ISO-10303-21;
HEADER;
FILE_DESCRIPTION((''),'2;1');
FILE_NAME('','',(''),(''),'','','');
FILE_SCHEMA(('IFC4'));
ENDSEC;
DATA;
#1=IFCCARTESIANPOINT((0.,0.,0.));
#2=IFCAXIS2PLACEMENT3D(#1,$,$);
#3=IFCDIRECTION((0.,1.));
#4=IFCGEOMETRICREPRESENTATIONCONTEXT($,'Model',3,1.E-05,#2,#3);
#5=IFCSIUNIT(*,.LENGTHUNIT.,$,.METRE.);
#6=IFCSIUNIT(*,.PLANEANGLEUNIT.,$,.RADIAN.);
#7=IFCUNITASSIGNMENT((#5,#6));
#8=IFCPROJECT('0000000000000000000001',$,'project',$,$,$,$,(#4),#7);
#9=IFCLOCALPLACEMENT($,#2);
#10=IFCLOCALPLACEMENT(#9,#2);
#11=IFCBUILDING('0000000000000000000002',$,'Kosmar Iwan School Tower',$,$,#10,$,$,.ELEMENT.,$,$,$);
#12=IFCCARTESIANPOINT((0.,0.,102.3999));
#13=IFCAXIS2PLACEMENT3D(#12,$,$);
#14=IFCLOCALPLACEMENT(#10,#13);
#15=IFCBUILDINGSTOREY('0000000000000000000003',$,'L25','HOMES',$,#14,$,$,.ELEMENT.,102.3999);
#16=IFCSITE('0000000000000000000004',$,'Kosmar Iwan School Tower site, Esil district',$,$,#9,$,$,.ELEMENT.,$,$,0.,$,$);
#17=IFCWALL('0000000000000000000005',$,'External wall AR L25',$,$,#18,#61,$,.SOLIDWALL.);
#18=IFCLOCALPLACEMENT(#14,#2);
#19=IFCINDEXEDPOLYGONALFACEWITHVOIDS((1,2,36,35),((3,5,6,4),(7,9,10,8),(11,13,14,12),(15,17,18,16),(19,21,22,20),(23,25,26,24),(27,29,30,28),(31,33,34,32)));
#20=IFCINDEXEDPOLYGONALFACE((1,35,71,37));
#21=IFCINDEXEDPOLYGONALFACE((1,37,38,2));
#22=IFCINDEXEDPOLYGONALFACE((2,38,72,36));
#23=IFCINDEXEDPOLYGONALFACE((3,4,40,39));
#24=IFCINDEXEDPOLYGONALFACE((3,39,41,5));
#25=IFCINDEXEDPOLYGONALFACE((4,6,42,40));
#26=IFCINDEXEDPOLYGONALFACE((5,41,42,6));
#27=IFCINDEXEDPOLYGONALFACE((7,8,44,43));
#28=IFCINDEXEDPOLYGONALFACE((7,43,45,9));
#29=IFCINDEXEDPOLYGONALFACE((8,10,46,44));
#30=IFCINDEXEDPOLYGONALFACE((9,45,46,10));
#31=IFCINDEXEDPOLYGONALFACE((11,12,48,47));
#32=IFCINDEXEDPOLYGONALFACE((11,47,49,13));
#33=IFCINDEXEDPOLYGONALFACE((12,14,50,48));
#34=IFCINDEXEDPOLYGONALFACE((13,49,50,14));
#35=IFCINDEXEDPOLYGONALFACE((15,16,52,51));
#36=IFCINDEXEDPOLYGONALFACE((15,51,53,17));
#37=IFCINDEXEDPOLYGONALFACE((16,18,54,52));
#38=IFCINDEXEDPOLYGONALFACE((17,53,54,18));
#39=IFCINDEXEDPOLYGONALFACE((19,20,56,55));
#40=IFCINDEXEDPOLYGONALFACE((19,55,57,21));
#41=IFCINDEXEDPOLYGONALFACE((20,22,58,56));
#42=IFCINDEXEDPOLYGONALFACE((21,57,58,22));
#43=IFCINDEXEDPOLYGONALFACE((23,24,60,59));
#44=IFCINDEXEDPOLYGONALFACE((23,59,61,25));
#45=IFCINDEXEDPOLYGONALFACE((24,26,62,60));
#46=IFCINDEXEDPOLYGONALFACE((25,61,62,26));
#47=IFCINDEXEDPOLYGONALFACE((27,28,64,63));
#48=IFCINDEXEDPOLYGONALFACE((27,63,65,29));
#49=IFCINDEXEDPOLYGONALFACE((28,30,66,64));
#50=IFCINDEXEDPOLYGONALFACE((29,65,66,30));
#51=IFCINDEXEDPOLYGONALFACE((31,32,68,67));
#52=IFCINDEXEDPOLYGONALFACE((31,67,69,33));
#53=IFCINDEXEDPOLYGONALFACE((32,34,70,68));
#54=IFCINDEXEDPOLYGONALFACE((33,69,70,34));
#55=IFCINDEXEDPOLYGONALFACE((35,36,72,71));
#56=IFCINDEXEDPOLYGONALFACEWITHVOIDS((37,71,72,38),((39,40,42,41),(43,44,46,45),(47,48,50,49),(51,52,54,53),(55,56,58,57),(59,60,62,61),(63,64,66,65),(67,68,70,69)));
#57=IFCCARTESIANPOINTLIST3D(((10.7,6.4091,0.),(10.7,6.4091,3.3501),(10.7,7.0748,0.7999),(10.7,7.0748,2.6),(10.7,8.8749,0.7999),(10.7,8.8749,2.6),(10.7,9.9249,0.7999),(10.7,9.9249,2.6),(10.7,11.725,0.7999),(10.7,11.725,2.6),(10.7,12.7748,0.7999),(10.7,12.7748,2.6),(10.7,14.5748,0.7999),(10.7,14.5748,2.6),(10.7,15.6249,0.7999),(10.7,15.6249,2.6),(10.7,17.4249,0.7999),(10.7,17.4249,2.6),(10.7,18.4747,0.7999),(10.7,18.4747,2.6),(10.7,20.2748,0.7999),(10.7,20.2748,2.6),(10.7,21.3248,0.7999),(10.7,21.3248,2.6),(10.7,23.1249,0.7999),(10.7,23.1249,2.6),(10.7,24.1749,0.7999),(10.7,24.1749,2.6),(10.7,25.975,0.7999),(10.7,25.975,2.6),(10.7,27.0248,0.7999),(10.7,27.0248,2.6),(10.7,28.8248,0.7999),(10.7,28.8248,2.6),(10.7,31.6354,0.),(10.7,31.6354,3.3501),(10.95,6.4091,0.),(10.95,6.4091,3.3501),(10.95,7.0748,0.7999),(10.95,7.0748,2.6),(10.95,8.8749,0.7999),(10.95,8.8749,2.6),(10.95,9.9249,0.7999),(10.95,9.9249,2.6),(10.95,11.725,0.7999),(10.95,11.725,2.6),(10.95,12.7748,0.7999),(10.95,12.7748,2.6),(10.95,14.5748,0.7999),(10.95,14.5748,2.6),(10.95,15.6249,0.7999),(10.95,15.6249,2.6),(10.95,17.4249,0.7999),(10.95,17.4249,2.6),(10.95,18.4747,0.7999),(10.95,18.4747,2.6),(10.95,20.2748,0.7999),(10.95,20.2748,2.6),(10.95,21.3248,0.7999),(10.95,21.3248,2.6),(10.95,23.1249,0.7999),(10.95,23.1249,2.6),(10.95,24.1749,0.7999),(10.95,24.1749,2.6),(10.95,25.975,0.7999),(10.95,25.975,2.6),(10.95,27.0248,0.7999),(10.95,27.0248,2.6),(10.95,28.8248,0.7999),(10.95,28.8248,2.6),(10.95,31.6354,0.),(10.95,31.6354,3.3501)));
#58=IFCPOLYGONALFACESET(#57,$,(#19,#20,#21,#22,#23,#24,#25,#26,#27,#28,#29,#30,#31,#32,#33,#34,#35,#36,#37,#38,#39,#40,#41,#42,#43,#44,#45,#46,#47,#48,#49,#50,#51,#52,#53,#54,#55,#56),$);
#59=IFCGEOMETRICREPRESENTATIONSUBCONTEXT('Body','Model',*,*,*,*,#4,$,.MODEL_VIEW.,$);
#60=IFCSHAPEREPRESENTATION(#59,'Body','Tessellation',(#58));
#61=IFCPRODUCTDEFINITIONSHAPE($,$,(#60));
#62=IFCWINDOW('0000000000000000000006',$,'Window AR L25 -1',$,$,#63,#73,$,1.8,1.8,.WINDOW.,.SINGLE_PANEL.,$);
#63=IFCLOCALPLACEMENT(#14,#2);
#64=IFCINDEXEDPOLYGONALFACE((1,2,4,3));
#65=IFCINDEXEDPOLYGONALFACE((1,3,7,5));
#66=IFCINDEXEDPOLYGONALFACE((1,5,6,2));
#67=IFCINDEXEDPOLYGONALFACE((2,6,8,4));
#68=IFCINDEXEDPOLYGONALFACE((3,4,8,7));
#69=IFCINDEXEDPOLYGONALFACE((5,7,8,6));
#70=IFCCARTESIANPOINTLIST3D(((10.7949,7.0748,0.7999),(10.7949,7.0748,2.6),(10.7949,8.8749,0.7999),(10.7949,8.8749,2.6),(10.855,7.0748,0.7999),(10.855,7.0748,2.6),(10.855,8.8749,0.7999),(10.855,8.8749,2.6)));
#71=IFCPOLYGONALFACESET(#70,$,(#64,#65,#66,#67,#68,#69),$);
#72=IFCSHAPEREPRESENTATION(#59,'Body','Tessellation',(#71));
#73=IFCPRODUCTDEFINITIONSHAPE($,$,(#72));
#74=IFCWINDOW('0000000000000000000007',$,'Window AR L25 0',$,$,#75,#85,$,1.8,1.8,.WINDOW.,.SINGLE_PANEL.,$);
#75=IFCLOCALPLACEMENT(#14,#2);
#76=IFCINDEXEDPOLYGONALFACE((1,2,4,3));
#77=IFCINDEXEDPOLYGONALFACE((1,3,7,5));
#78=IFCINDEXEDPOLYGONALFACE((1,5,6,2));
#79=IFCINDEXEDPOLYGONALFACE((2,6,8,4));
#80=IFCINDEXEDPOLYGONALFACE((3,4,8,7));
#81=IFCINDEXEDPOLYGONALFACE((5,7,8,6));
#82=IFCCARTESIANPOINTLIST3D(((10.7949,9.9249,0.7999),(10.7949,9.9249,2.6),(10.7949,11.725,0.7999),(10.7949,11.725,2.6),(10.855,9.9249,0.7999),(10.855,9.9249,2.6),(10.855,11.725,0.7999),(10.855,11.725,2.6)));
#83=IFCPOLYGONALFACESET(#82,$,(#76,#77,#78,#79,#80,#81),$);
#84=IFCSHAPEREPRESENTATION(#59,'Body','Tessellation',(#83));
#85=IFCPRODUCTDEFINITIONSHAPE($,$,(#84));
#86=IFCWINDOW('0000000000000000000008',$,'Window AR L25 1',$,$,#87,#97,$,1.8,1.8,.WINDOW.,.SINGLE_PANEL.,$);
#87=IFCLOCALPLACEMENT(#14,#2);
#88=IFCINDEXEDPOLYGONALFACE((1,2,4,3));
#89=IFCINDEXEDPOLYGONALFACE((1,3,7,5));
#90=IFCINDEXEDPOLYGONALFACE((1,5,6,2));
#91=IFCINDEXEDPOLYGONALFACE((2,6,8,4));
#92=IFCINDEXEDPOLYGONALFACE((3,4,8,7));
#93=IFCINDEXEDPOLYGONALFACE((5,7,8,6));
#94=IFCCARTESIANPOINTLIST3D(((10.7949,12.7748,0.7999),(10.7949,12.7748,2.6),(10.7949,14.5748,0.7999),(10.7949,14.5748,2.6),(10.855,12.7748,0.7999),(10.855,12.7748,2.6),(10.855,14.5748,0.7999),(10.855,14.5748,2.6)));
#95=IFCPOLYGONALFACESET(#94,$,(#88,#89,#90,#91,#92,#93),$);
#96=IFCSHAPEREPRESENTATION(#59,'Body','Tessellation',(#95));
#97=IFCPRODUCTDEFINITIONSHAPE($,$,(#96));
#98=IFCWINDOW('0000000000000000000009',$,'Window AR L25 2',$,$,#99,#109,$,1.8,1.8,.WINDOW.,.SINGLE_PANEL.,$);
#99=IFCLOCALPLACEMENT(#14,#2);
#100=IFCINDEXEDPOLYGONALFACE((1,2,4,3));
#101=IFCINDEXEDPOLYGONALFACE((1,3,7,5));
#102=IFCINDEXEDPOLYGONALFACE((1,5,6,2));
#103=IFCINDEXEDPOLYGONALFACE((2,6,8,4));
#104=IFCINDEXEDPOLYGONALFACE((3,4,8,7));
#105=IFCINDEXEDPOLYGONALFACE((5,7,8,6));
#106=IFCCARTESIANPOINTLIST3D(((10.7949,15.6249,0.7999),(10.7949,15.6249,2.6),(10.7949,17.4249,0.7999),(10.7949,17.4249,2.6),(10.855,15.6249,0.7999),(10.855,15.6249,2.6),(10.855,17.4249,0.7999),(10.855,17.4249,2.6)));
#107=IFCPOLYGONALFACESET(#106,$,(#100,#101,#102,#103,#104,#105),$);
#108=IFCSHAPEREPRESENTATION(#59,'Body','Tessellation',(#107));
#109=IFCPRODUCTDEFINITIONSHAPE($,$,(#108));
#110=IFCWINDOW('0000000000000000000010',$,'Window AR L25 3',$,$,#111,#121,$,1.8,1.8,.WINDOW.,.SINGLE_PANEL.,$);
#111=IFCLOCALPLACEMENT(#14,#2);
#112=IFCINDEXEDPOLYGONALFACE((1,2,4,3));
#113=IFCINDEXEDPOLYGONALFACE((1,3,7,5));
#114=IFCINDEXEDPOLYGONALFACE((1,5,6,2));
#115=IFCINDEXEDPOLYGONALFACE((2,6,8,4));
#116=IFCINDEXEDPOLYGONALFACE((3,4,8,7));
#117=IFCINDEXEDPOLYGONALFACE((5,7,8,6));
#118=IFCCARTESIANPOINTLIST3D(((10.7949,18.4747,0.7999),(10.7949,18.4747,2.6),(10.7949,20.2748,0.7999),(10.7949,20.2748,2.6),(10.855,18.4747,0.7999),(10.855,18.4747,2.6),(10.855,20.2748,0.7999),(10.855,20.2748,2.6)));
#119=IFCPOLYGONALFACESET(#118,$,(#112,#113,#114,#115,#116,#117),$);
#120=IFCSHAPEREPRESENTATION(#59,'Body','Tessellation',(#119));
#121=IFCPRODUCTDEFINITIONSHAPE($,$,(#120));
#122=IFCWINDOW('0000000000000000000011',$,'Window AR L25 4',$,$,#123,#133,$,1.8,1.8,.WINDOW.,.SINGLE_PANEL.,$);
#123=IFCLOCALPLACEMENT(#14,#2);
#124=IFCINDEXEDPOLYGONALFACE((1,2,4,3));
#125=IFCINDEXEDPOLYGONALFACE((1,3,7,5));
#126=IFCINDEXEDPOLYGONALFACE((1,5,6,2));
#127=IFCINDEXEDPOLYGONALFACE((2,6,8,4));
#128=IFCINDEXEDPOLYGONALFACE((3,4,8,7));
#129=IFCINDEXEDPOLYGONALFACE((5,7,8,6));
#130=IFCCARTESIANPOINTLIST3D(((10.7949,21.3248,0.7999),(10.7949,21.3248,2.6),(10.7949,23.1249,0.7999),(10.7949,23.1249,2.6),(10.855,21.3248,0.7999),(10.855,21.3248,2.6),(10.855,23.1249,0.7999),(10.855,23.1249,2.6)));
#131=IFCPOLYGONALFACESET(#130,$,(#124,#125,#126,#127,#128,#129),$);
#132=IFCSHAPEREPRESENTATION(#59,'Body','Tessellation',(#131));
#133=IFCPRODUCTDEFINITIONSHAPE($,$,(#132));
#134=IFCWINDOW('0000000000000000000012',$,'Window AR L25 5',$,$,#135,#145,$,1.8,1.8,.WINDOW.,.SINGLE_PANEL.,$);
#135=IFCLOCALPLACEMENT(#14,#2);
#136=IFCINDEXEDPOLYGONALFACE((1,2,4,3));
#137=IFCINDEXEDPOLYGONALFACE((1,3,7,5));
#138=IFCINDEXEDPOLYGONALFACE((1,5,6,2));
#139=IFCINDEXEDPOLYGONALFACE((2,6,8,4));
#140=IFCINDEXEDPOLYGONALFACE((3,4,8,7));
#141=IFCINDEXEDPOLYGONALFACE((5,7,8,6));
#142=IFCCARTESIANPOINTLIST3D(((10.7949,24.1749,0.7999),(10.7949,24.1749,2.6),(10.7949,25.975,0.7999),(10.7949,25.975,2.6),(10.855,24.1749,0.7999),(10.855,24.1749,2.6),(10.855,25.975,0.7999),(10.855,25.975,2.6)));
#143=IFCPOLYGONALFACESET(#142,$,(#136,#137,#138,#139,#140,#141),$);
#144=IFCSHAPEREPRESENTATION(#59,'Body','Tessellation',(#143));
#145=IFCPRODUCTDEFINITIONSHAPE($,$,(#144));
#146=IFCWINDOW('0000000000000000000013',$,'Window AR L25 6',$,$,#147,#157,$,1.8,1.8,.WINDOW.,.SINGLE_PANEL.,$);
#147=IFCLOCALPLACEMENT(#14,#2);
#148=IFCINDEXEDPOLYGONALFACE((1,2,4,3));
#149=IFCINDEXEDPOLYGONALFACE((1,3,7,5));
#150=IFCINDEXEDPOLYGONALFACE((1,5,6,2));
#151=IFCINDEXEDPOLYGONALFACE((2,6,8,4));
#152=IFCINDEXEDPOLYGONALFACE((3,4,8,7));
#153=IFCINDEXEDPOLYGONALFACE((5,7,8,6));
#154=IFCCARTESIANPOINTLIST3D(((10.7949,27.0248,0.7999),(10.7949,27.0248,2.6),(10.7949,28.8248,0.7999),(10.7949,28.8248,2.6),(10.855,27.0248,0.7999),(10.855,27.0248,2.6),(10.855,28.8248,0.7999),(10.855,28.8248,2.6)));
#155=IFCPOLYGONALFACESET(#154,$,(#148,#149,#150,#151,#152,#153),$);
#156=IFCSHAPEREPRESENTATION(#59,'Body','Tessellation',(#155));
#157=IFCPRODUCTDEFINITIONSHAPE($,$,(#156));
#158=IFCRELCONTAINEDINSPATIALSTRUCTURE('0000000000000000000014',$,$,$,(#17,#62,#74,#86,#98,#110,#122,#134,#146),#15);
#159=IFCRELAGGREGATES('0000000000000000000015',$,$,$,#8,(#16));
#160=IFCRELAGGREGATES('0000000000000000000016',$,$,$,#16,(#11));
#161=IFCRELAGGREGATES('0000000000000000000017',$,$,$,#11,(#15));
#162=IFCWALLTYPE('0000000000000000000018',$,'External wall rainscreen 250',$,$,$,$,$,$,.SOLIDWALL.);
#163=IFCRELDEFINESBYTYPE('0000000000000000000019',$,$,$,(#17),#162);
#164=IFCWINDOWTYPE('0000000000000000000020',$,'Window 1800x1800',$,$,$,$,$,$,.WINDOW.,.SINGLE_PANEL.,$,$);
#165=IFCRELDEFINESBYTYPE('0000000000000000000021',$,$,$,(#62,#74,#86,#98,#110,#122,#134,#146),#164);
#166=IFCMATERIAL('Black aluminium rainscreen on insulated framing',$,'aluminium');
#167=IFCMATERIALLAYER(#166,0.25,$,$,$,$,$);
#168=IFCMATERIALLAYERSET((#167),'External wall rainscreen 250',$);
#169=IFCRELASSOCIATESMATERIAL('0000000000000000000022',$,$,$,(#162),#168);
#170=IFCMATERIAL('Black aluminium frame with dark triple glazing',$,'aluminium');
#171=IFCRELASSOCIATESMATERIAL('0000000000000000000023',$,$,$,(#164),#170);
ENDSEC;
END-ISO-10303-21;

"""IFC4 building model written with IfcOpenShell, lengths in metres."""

from ifc_helpers import new_model, si_unit, direction, frame, frame_2d, origin, place, context, subcontext, project, spatial, rectangle, extrude, material, layer, layer_set, type_object, element, fill, save


model = new_model("IFC4")

# Units and contexts
model_context = context("Model", 3, precision=1e-05, world=origin(), true_north=direction((0.0, 1.0)))
body_context = subcontext(model_context, "Body", "Model", "MODEL_VIEW")
ifc_project = project(units=[si_unit("LENGTHUNIT", "METRE"), si_unit("PLANEANGLEUNIT", "RADIAN")], contexts=[model_context])

# Site, building, storey
site_placement = place(None, origin())
site = spatial("IfcSite", under=ifc_project, at=site_placement, Name="Kosmar Iwan School Tower site, Esil district", CompositionType="ELEMENT", RefElevation=0.0)
building_placement = place(site_placement, origin())
building = spatial("IfcBuilding", under=site, at=building_placement, Name="Kosmar Iwan School Tower", CompositionType="ELEMENT")
storey_placement = place(building_placement, frame((0.0, 0.0, 102.3999)))
storey = spatial("IfcBuildingStorey", under=building, at=storey_placement, Name="L25", Description="HOMES", CompositionType="ELEMENT", Elevation=102.3999)

# Wall, openings, windows
ifc_material_1 = material(Name="Black aluminium rainscreen on insulated framing", Category="aluminium")
ifc_layer = layer(ifc_material_1, 0.25)
ifc_layer_set = layer_set([ifc_layer], Name="External wall rainscreen 250")
wall_type = type_object("IfcWallType", Name="External wall rainscreen 250", PredefinedType="SOLIDWALL", material=ifc_layer_set)
ifc_material_2 = material(Name="Black aluminium frame with dark triple glazing", Category="aluminium")
window_type = type_object("IfcWindowType", Name="Window 1800x1800", PartitioningType="SINGLE_PANEL", PredefinedType="WINDOW", material=ifc_material_2)
wall_1_placement = place(storey_placement, frame((10.825, 6.4089, 0.0), z_axis=(0.0, 0.0, 1.0), x_axis=(0.0, 1.0, 0.0)))
wall_1 = element("IfcWall", 1, at=wall_1_placement, inside=storey, type_object=wall_type, Name="External wall AR L25", PredefinedType="SOLIDWALL", context=body_context, shape_type="SweptSolid", body=[
    extrude(rectangle(XDim=25.2263, YDim=0.25, at=frame_2d((12.6133, 0.0))), origin(), (0.0, 0.0, 1.0), 3.3501),
])
opening_1_placement = place(wall_1_placement, frame((0.666, 0.0, 0.8)))
opening_1 = element("IfcOpeningElement", 2, at=opening_1_placement, cuts=wall_1, PredefinedType="OPENING", context=body_context, shape_type="SweptSolid", body=[
    extrude(rectangle(XDim=1.8, YDim=1.8, at=frame_2d((0.8999, 0.8999))), frame((0.0, 0.137, 0.0), z_axis=(0.0, -1.0, 0.0), x_axis=(1.0, 0.0, 0.0)), (0.0, 0.0, 1.0), 0.2739),
])
opening_2_placement = place(wall_1_placement, frame((3.5161, 0.0, 0.8)))
opening_2 = element("IfcOpeningElement", 3, at=opening_2_placement, cuts=wall_1, PredefinedType="OPENING", context=body_context, shape_type="SweptSolid", body=[
    extrude(rectangle(XDim=1.8, YDim=1.8, at=frame_2d((0.8999, 0.8999))), frame((0.0, 0.137, 0.0), z_axis=(0.0, -1.0, 0.0), x_axis=(1.0, 0.0, 0.0)), (0.0, 0.0, 1.0), 0.2739),
])
opening_3_placement = place(wall_1_placement, frame((6.366, 0.0, 0.8)))
opening_3 = element("IfcOpeningElement", 4, at=opening_3_placement, cuts=wall_1, PredefinedType="OPENING", context=body_context, shape_type="SweptSolid", body=[
    extrude(rectangle(XDim=1.8, YDim=1.8, at=frame_2d((0.8999, 0.8999))), frame((0.0, 0.137, 0.0), z_axis=(0.0, -1.0, 0.0), x_axis=(1.0, 0.0, 0.0)), (0.0, 0.0, 1.0), 0.2739),
])
opening_4_placement = place(wall_1_placement, frame((9.2161, 0.0, 0.8)))
opening_4 = element("IfcOpeningElement", 5, at=opening_4_placement, cuts=wall_1, PredefinedType="OPENING", context=body_context, shape_type="SweptSolid", body=[
    extrude(rectangle(XDim=1.8, YDim=1.8, at=frame_2d((0.8999, 0.8999))), frame((0.0, 0.137, 0.0), z_axis=(0.0, -1.0, 0.0), x_axis=(1.0, 0.0, 0.0)), (0.0, 0.0, 1.0), 0.2739),
])
opening_5_placement = place(wall_1_placement, frame((12.0659, 0.0, 0.8)))
opening_5 = element("IfcOpeningElement", 6, at=opening_5_placement, cuts=wall_1, PredefinedType="OPENING", context=body_context, shape_type="SweptSolid", body=[
    extrude(rectangle(XDim=1.8, YDim=1.8, at=frame_2d((0.8999, 0.8999))), frame((0.0, 0.137, 0.0), z_axis=(0.0, -1.0, 0.0), x_axis=(1.0, 0.0, 0.0)), (0.0, 0.0, 1.0), 0.2739),
])
opening_6_placement = place(wall_1_placement, frame((14.916, 0.0, 0.8)))
opening_6 = element("IfcOpeningElement", 7, at=opening_6_placement, cuts=wall_1, PredefinedType="OPENING", context=body_context, shape_type="SweptSolid", body=[
    extrude(rectangle(XDim=1.8, YDim=1.8, at=frame_2d((0.8999, 0.8999))), frame((0.0, 0.137, 0.0), z_axis=(0.0, -1.0, 0.0), x_axis=(1.0, 0.0, 0.0)), (0.0, 0.0, 1.0), 0.2739),
])
opening_7_placement = place(wall_1_placement, frame((17.7661, 0.0, 0.8)))
opening_7 = element("IfcOpeningElement", 8, at=opening_7_placement, cuts=wall_1, PredefinedType="OPENING", context=body_context, shape_type="SweptSolid", body=[
    extrude(rectangle(XDim=1.8, YDim=1.8, at=frame_2d((0.8999, 0.8999))), frame((0.0, 0.137, 0.0), z_axis=(0.0, -1.0, 0.0), x_axis=(1.0, 0.0, 0.0)), (0.0, 0.0, 1.0), 0.2739),
])
opening_8_placement = place(wall_1_placement, frame((20.616, 0.0, 0.8)))
opening_8 = element("IfcOpeningElement", 9, at=opening_8_placement, cuts=wall_1, PredefinedType="OPENING", context=body_context, shape_type="SweptSolid", body=[
    extrude(rectangle(XDim=1.8, YDim=1.8, at=frame_2d((0.8999, 0.8999))), frame((0.0, 0.137, 0.0), z_axis=(0.0, -1.0, 0.0), x_axis=(1.0, 0.0, 0.0)), (0.0, 0.0, 1.0), 0.2739),
])
window_1_placement = place(opening_1_placement, origin())
window_1 = element("IfcWindow", 10, at=window_1_placement, inside=storey, type_object=window_type, Name="Window AR L25 -1", OverallHeight=1.8, OverallWidth=1.8, PartitioningType="SINGLE_PANEL", PredefinedType="WINDOW", context=body_context, shape_type="SweptSolid", body=[
    extrude(rectangle(XDim=1.8, YDim=1.8, at=frame_2d((0.8999, 0.8999))), frame((0.0, 0.03, 0.0), z_axis=(0.0, -1.0, 0.0), x_axis=(1.0, 0.0, 0.0)), (0.0, 0.0, 1.0), 0.0601),
])
fill(opening_1, window_1)
window_2_placement = place(opening_2_placement, origin())
window_2 = element("IfcWindow", 11, at=window_2_placement, inside=storey, type_object=window_type, Name="Window AR L25 0", OverallHeight=1.8, OverallWidth=1.8, PartitioningType="SINGLE_PANEL", PredefinedType="WINDOW", context=body_context, shape_type="SweptSolid", body=[
    extrude(rectangle(XDim=1.8, YDim=1.8, at=frame_2d((0.8999, 0.8999))), frame((0.0, 0.03, 0.0), z_axis=(0.0, -1.0, 0.0), x_axis=(1.0, 0.0, 0.0)), (0.0, 0.0, 1.0), 0.0601),
])
fill(opening_2, window_2)
window_3_placement = place(opening_3_placement, origin())
window_3 = element("IfcWindow", 12, at=window_3_placement, inside=storey, type_object=window_type, Name="Window AR L25 1", OverallHeight=1.8, OverallWidth=1.8, PartitioningType="SINGLE_PANEL", PredefinedType="WINDOW", context=body_context, shape_type="SweptSolid", body=[
    extrude(rectangle(XDim=1.8, YDim=1.8, at=frame_2d((0.8999, 0.8999))), frame((0.0, 0.03, 0.0), z_axis=(0.0, -1.0, 0.0), x_axis=(1.0, 0.0, 0.0)), (0.0, 0.0, 1.0), 0.0601),
])
fill(opening_3, window_3)
window_4_placement = place(opening_4_placement, origin())
window_4 = element("IfcWindow", 13, at=window_4_placement, inside=storey, type_object=window_type, Name="Window AR L25 2", OverallHeight=1.8, OverallWidth=1.8, PartitioningType="SINGLE_PANEL", PredefinedType="WINDOW", context=body_context, shape_type="SweptSolid", body=[
    extrude(rectangle(XDim=1.8, YDim=1.8, at=frame_2d((0.8999, 0.8999))), frame((0.0, 0.03, 0.0), z_axis=(0.0, -1.0, 0.0), x_axis=(1.0, 0.0, 0.0)), (0.0, 0.0, 1.0), 0.0601),
])
fill(opening_4, window_4)
window_5_placement = place(opening_5_placement, origin())
window_5 = element("IfcWindow", 14, at=window_5_placement, inside=storey, type_object=window_type, Name="Window AR L25 3", OverallHeight=1.8, OverallWidth=1.8, PartitioningType="SINGLE_PANEL", PredefinedType="WINDOW", context=body_context, shape_type="SweptSolid", body=[
    extrude(rectangle(XDim=1.8, YDim=1.8, at=frame_2d((0.8999, 0.8999))), frame((0.0, 0.03, 0.0), z_axis=(0.0, -1.0, 0.0), x_axis=(1.0, 0.0, 0.0)), (0.0, 0.0, 1.0), 0.0601),
])
fill(opening_5, window_5)
window_6_placement = place(opening_6_placement, origin())
window_6 = element("IfcWindow", 15, at=window_6_placement, inside=storey, type_object=window_type, Name="Window AR L25 4", OverallHeight=1.8, OverallWidth=1.8, PartitioningType="SINGLE_PANEL", PredefinedType="WINDOW", context=body_context, shape_type="SweptSolid", body=[
    extrude(rectangle(XDim=1.8, YDim=1.8, at=frame_2d((0.8999, 0.8999))), frame((0.0, 0.03, 0.0), z_axis=(0.0, -1.0, 0.0), x_axis=(1.0, 0.0, 0.0)), (0.0, 0.0, 1.0), 0.0601),
])
fill(opening_6, window_6)
window_7_placement = place(opening_7_placement, origin())
window_7 = element("IfcWindow", 16, at=window_7_placement, inside=storey, type_object=window_type, Name="Window AR L25 5", OverallHeight=1.8, OverallWidth=1.8, PartitioningType="SINGLE_PANEL", PredefinedType="WINDOW", context=body_context, shape_type="SweptSolid", body=[
    extrude(rectangle(XDim=1.8, YDim=1.8, at=frame_2d((0.8999, 0.8999))), frame((0.0, 0.03, 0.0), z_axis=(0.0, -1.0, 0.0), x_axis=(1.0, 0.0, 0.0)), (0.0, 0.0, 1.0), 0.0601),
])
fill(opening_7, window_7)
window_8_placement = place(opening_8_placement, origin())
window_8 = element("IfcWindow", 17, at=window_8_placement, inside=storey, type_object=window_type, Name="Window AR L25 6", OverallHeight=1.8, OverallWidth=1.8, PartitioningType="SINGLE_PANEL", PredefinedType="WINDOW", context=body_context, shape_type="SweptSolid", body=[
    extrude(rectangle(XDim=1.8, YDim=1.8, at=frame_2d((0.8999, 0.8999))), frame((0.0, 0.03, 0.0), z_axis=(0.0, -1.0, 0.0), x_axis=(1.0, 0.0, 0.0)), (0.0, 0.0, 1.0), 0.0601),
])
fill(opening_8, window_8)

save(model, "model.ifc")
